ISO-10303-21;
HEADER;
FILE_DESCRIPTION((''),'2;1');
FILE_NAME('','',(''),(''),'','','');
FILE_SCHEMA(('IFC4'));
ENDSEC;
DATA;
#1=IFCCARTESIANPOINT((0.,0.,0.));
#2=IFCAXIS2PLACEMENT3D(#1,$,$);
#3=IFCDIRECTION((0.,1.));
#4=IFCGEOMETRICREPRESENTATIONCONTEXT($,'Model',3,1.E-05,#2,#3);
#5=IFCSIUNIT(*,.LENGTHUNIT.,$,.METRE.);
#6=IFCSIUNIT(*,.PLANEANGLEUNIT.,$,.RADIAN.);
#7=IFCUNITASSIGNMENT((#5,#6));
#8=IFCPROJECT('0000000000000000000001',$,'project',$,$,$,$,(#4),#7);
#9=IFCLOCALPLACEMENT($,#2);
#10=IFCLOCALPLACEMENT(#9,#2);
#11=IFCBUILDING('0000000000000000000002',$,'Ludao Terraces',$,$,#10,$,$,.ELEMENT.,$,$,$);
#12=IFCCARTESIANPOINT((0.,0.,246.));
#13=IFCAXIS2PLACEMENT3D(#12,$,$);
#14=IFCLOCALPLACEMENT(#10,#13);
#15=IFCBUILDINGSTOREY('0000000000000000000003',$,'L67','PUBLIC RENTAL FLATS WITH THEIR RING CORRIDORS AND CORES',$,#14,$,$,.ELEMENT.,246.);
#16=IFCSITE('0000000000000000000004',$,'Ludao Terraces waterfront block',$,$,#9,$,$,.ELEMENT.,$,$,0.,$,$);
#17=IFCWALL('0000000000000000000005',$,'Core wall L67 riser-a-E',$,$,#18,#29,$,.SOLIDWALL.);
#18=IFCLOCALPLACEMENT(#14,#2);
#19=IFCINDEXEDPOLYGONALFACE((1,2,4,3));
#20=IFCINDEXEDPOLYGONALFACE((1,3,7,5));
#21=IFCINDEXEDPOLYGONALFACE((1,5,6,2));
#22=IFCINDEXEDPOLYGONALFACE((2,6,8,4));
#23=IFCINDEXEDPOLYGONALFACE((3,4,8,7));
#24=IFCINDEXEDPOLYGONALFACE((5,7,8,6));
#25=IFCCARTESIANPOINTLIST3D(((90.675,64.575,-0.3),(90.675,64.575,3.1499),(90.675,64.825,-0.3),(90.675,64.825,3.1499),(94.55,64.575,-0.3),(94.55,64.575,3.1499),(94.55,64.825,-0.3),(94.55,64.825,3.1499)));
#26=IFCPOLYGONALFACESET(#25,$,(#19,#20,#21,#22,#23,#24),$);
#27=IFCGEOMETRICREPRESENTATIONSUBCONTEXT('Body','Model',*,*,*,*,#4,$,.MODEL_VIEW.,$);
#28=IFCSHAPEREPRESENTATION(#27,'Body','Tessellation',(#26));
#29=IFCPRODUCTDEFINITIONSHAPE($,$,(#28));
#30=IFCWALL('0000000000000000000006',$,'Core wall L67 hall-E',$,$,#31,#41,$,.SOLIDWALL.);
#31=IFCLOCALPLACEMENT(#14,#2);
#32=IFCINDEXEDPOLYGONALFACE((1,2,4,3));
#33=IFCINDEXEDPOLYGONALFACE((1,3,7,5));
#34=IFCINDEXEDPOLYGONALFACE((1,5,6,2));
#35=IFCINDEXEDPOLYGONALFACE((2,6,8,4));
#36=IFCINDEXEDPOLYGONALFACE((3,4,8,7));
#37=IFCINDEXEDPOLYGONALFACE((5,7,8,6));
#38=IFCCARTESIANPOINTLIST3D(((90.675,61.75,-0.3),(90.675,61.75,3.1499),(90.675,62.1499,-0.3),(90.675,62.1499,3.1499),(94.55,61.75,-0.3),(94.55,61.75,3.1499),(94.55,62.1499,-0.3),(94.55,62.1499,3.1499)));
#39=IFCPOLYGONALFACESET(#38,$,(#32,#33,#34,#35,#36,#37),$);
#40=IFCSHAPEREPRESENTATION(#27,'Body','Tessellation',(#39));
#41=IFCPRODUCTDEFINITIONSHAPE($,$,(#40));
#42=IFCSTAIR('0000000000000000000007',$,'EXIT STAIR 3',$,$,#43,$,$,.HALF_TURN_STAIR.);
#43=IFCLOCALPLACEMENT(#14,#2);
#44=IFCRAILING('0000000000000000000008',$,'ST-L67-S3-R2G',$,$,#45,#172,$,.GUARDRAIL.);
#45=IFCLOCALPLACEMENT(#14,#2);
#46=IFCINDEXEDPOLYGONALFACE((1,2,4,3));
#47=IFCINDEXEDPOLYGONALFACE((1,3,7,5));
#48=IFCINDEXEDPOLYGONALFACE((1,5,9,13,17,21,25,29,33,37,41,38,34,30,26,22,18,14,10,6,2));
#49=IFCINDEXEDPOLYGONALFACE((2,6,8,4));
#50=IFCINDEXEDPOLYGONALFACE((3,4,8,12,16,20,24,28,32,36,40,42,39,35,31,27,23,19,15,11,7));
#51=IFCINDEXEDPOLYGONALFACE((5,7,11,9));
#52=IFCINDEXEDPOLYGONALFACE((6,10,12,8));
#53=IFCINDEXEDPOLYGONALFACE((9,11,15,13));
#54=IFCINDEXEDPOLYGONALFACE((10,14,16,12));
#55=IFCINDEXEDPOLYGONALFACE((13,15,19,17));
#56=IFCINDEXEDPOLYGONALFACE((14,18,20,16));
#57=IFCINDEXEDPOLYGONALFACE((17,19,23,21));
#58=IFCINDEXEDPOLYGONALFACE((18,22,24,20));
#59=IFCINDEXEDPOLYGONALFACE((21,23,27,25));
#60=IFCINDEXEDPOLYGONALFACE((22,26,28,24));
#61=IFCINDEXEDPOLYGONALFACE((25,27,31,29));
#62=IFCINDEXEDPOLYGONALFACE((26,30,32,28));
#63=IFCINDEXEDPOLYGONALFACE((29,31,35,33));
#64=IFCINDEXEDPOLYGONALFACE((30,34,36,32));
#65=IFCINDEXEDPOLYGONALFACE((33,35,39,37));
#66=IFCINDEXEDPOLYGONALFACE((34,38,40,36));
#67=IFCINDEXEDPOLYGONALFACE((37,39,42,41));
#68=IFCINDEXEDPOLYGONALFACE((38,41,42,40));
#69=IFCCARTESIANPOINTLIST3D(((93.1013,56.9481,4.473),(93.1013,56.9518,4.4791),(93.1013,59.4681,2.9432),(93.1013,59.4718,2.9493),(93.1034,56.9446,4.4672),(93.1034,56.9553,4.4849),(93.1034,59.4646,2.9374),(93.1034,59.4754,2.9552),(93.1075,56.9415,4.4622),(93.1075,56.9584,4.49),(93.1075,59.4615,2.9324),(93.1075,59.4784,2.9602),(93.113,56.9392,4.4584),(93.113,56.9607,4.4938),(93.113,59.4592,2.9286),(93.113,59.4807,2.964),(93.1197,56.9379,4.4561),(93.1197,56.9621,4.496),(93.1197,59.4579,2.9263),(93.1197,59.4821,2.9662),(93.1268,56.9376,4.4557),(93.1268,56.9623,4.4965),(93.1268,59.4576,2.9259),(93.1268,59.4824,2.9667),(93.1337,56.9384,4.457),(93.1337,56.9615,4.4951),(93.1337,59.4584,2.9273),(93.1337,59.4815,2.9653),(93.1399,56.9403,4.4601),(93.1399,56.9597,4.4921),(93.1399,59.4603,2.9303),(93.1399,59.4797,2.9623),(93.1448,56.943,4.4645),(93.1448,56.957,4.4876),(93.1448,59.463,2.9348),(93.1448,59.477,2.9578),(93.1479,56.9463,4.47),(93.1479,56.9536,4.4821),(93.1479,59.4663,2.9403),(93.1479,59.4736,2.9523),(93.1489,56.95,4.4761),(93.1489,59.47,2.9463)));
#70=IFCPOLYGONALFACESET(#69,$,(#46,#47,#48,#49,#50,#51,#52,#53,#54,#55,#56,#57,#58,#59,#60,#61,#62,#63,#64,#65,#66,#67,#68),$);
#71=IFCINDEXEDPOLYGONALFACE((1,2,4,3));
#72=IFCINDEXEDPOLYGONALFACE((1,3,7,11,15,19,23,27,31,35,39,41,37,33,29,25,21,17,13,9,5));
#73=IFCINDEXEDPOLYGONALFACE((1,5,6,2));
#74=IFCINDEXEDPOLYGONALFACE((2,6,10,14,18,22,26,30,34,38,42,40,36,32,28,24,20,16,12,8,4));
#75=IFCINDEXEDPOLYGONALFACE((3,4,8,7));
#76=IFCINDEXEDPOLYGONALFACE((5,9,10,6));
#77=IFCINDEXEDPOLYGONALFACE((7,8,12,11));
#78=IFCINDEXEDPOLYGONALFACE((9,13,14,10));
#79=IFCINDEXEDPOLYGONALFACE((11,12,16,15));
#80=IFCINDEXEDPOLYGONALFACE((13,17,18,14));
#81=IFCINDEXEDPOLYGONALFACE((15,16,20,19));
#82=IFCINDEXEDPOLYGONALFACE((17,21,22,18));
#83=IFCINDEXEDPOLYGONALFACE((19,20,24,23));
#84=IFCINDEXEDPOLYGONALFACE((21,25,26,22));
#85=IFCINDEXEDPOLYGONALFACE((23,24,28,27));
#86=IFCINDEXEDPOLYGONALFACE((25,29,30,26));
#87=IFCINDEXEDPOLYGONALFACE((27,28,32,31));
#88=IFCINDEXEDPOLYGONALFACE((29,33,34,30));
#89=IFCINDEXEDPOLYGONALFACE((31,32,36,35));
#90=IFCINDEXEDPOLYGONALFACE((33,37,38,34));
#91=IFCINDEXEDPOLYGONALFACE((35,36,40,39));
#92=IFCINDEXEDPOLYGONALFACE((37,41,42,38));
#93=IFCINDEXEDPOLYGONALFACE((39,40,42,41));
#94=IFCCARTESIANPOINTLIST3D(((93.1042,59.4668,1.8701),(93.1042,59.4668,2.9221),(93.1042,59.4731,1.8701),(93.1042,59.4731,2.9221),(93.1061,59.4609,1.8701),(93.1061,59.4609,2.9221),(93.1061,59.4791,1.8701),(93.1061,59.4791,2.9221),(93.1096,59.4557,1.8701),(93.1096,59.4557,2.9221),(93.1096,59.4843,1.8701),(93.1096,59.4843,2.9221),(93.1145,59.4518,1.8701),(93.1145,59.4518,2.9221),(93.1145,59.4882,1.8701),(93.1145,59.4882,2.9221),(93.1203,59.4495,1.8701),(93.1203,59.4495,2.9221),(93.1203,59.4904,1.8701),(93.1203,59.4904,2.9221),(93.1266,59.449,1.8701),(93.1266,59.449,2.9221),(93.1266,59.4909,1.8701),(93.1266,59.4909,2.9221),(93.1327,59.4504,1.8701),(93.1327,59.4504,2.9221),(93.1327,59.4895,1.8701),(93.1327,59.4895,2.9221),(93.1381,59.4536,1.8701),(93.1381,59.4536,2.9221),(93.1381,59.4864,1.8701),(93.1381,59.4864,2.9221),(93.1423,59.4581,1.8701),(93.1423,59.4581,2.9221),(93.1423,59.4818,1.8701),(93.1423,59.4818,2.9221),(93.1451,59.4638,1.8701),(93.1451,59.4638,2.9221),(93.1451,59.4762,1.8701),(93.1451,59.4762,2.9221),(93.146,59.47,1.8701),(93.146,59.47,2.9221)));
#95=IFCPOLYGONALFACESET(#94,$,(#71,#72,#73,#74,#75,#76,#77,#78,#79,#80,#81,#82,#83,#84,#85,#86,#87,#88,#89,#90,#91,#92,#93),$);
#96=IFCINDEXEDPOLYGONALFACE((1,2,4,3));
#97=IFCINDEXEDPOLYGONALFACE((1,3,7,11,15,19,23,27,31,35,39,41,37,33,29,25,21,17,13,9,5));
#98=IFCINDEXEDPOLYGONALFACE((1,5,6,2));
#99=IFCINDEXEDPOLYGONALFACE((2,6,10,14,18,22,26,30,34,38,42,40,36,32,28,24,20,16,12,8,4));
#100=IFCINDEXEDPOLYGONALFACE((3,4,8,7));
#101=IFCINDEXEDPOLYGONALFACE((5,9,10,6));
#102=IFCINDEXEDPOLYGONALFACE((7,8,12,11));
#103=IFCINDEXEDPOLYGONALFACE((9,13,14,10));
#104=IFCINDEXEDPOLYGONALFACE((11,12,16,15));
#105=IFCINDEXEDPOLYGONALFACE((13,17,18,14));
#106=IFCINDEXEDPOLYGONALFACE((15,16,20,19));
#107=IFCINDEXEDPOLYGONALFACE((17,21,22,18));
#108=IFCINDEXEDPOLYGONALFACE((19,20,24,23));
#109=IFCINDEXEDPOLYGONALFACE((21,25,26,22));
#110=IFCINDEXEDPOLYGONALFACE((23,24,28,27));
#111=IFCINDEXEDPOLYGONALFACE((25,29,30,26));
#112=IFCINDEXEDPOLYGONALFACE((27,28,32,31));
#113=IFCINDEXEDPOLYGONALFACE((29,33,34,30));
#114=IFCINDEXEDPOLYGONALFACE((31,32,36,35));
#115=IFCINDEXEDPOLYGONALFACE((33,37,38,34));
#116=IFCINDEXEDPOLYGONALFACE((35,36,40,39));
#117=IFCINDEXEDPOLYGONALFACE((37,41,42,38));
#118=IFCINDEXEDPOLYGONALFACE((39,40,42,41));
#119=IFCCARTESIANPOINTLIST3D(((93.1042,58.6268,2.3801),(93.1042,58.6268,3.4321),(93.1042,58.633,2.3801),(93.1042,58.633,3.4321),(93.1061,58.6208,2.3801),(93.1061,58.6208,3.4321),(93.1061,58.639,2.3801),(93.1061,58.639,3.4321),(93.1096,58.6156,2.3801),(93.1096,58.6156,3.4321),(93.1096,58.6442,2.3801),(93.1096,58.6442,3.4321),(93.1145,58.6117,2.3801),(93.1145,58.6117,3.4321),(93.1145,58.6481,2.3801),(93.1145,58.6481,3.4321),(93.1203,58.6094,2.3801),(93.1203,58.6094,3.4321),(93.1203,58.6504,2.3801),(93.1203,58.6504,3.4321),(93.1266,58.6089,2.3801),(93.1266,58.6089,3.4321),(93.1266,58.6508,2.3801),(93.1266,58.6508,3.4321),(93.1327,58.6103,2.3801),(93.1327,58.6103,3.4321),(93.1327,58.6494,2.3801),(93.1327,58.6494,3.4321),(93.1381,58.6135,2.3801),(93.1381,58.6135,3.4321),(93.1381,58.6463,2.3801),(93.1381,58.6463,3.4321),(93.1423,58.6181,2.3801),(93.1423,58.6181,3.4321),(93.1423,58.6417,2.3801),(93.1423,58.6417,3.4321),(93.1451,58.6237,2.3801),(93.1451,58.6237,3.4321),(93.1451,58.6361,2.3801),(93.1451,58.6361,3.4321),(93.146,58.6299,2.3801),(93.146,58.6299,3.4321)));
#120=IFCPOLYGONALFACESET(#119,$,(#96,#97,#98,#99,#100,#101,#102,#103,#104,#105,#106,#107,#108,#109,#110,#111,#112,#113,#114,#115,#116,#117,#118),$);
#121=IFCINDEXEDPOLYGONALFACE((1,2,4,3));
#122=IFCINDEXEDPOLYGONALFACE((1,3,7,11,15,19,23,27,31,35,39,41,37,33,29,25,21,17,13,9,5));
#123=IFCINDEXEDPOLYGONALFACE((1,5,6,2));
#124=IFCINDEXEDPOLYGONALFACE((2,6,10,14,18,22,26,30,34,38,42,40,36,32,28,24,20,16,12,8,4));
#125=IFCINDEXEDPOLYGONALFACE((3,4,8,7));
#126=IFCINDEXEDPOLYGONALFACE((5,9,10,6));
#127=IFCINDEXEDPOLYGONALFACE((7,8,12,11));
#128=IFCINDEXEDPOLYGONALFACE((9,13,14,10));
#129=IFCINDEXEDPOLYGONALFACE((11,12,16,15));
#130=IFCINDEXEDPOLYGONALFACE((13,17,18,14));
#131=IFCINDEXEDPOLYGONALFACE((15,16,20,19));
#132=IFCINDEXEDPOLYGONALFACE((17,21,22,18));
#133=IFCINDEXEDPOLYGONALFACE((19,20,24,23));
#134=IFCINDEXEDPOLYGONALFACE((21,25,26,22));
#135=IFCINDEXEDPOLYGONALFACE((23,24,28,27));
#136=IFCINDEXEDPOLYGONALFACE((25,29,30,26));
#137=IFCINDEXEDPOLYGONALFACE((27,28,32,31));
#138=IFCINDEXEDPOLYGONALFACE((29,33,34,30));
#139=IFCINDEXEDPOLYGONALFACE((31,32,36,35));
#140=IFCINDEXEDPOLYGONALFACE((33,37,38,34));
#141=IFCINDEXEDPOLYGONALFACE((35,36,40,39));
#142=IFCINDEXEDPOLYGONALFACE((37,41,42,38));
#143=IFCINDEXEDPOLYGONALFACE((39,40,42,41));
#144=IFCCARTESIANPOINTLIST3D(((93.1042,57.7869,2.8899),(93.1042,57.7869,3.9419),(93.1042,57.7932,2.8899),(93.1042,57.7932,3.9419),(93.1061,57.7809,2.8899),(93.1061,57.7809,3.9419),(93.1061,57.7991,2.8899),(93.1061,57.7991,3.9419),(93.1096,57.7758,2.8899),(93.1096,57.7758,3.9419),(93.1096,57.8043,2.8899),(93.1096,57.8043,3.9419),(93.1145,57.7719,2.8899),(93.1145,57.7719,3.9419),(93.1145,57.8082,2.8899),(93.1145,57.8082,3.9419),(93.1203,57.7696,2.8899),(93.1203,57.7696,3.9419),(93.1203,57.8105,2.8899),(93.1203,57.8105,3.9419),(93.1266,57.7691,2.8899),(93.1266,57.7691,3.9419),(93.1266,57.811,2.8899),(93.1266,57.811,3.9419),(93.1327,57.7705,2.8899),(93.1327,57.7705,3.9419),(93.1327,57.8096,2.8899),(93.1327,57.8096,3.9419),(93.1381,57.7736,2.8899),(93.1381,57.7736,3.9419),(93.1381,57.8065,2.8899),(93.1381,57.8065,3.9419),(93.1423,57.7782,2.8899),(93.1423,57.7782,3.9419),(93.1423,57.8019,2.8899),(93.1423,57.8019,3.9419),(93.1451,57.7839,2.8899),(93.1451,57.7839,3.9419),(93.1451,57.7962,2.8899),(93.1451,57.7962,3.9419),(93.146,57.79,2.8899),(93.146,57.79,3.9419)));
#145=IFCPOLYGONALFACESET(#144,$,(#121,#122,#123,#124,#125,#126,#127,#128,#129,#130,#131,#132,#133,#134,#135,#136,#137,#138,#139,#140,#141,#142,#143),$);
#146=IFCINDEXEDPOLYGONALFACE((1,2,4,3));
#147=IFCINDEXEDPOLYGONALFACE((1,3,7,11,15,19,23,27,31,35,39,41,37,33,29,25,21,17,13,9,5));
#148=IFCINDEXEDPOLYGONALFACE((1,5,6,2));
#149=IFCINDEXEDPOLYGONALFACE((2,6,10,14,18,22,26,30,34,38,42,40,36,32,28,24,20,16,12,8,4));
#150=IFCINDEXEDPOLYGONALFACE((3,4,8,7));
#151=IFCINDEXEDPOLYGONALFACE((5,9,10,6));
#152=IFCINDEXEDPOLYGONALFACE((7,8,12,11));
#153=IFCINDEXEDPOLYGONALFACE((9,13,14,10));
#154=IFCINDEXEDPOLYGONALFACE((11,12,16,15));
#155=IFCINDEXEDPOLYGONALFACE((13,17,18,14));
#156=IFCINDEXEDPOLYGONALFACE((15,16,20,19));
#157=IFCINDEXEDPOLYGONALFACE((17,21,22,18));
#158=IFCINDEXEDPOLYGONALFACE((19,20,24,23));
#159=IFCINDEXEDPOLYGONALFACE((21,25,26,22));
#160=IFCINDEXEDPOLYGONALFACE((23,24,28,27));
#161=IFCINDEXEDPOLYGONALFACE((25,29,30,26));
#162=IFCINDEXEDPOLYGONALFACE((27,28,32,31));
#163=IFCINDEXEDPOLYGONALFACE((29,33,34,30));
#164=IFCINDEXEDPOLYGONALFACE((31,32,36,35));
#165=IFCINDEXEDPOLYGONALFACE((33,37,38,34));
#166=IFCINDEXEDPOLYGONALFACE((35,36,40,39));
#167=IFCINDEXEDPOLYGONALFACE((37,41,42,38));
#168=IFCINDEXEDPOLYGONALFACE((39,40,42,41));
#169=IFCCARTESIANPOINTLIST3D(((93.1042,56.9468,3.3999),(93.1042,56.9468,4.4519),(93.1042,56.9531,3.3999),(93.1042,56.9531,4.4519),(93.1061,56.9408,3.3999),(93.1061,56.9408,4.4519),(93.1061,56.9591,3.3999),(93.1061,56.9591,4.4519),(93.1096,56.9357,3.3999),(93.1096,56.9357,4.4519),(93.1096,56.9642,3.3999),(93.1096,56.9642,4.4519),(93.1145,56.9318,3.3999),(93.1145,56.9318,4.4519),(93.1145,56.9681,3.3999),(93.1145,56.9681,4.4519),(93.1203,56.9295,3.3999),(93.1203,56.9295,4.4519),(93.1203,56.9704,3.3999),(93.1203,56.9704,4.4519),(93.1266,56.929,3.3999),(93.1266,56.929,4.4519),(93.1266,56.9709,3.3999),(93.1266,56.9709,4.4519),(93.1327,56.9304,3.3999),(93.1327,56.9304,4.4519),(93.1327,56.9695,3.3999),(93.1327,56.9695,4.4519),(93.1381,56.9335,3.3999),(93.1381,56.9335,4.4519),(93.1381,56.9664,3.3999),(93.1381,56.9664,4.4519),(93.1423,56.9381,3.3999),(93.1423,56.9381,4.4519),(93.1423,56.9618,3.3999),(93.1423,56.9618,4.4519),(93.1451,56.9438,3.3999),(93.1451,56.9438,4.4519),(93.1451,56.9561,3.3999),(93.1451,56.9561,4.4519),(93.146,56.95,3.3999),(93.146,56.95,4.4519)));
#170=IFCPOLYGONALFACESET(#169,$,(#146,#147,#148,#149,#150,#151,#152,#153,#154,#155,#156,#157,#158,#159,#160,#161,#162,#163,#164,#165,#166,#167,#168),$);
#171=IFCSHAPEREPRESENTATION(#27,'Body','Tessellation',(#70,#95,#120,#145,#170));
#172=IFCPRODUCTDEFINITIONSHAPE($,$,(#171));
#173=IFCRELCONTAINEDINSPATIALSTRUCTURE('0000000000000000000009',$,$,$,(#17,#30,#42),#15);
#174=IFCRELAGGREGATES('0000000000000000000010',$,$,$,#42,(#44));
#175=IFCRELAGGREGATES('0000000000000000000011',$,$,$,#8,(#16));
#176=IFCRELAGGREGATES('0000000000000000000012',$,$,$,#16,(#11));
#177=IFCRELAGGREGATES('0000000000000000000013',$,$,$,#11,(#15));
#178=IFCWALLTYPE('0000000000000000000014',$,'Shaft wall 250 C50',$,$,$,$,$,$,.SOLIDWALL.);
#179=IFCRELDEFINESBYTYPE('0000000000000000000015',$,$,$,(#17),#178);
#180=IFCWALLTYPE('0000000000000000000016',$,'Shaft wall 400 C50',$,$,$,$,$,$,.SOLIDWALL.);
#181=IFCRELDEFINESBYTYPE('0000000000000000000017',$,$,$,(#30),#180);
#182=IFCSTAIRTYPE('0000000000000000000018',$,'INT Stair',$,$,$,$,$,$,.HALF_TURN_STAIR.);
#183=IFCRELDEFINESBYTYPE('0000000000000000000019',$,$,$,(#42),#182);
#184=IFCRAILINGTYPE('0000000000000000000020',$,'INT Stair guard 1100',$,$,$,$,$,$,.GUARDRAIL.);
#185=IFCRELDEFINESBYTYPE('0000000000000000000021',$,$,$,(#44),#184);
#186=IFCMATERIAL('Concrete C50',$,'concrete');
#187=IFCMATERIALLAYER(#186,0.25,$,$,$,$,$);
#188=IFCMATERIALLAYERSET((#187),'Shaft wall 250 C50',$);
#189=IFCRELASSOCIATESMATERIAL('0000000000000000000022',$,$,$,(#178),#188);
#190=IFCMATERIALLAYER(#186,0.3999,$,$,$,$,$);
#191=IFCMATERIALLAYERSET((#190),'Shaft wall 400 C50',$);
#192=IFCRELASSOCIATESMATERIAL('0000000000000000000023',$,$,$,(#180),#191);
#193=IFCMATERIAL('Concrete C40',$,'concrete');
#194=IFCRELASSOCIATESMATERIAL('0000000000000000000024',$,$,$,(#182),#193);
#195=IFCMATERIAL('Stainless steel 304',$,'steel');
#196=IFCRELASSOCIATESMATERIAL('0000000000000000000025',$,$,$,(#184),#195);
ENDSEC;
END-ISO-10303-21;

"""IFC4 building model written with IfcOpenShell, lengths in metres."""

from ifc_helpers import new_model, si_unit, direction, frame, frame_2d, origin, origin_2d, place, context, subcontext, project, spatial, rectangle, circle, extrude, material, layer, layer_set, type_object, element, aggregate, save


model = new_model("IFC4")

# Units and contexts
model_context = context("Model", 3, precision=1e-05, world=origin(), true_north=direction((0.0, 1.0)))
body_context = subcontext(model_context, "Body", "Model", "MODEL_VIEW")
ifc_project = project(units=[si_unit("LENGTHUNIT", "METRE"), si_unit("PLANEANGLEUNIT", "RADIAN")], contexts=[model_context])

# Site, building, storey
site_placement = place(None, origin())
site = spatial("IfcSite", under=ifc_project, at=site_placement, Name="Ludao Terraces waterfront block", CompositionType="ELEMENT", RefElevation=0.0)
building_placement = place(site_placement, origin())
building = spatial("IfcBuilding", under=site, at=building_placement, Name="Ludao Terraces", CompositionType="ELEMENT")
storey_placement = place(building_placement, frame((0.0, 0.0, 246.0)))
storey = spatial("IfcBuildingStorey", under=building, at=storey_placement, Name="L67", Description="PUBLIC RENTAL FLATS WITH THEIR RING CORRIDORS AND CORES", CompositionType="ELEMENT", Elevation=246.0)

# Shared definitions
ifc_material_1 = material(Name="Concrete C40", Category="concrete")

# Shared definitions
ifc_material_2 = material(Name="Concrete C50", Category="concrete")

# Shared definitions
ifc_layer_1 = layer(ifc_material_2, 0.25)
ifc_layer_set_1 = layer_set([ifc_layer_1], Name="Shaft wall 250 C50")
wall_type_1 = type_object("IfcWallType", Name="Shaft wall 250 C50", PredefinedType="SOLIDWALL", material=ifc_layer_set_1)

# Walls
wall_1_placement = place(storey_placement, frame((90.675, 64.7, -0.3), z_axis=(0.0, 0.0, 1.0), x_axis=(1.0, 0.0, 0.0)))
element("IfcWall", 1, at=wall_1_placement, inside=storey, type_object=wall_type_1, Name="Core wall L67 riser-a-E", PredefinedType="SOLIDWALL", context=body_context, shape_type="SweptSolid", body=[
    extrude(rectangle(XDim=3.875, YDim=0.25, at=frame_2d((1.9375, 0.0))), origin(), (0.0, 0.0, 1.0), 3.45),
])
ifc_layer_2 = layer(ifc_material_2, 0.3999)
ifc_layer_set_2 = layer_set([ifc_layer_2], Name="Shaft wall 400 C50")
wall_type_2 = type_object("IfcWallType", Name="Shaft wall 400 C50", PredefinedType="SOLIDWALL", material=ifc_layer_set_2)
wall_2_placement = place(storey_placement, frame((90.675, 61.95, -0.3), z_axis=(0.0, 0.0, 1.0), x_axis=(1.0, 0.0, 0.0)))
element("IfcWall", 2, at=wall_2_placement, inside=storey, type_object=wall_type_2, Name="Core wall L67 hall-E", PredefinedType="SOLIDWALL", context=body_context, shape_type="SweptSolid", body=[
    extrude(rectangle(XDim=3.875, YDim=0.3999, at=frame_2d((1.9375, 0.0))), origin(), (0.0, 0.0, 1.0), 3.45),
])

# Stair, railing
stair_type = type_object("IfcStairType", Name="INT Stair", PredefinedType="HALF_TURN_STAIR", material=ifc_material_1)
stair_placement = place(storey_placement, origin())
stair = element("IfcStair", 3, at=stair_placement, inside=storey, type_object=stair_type, Name="EXIT STAIR 3", PredefinedType="HALF_TURN_STAIR")
ifc_material_3 = material(Name="Stainless steel 304", Category="steel")
railing_type_1 = type_object("IfcRailingType", Name="INT Stair guard 1100", PredefinedType="GUARDRAIL", material=ifc_material_3)
railing_1_placement = place(storey_placement, frame((93.125, 59.47, 1.8701)))
railing_1 = element("IfcRailing", 4, at=railing_1_placement, type_object=railing_type_1, Name="ST-L67-S3-R2G", PredefinedType="GUARDRAIL", context=body_context, shape_type="SweptSolid", body=[
    extrude(circle(Radius=0.0239, at=origin_2d()), frame((0.0, 0.0, 1.0762), z_axis=(0.0, -0.854822, 0.518922), x_axis=(1.0, 0.0, 0.0)), (0.0, 0.0, 1.0), 2.948),
    extrude(circle(Radius=0.021, at=origin_2d()), origin(), (0.0, 0.0, 1.0), 1.052),
    extrude(circle(Radius=0.021, at=origin_2d()), frame((0.0, -0.8401, 0.51)), (0.0, 0.0, 1.0), 1.052),
    extrude(circle(Radius=0.021, at=origin_2d()), frame((0.0, -1.6799, 1.0198)), (0.0, 0.0, 1.0), 1.052),
    extrude(circle(Radius=0.021, at=origin_2d()), frame((0.0, -2.52, 1.5298)), (0.0, 0.0, 1.0), 1.052),
])
aggregate(stair, [railing_1])

save(model, "model.ifc")
